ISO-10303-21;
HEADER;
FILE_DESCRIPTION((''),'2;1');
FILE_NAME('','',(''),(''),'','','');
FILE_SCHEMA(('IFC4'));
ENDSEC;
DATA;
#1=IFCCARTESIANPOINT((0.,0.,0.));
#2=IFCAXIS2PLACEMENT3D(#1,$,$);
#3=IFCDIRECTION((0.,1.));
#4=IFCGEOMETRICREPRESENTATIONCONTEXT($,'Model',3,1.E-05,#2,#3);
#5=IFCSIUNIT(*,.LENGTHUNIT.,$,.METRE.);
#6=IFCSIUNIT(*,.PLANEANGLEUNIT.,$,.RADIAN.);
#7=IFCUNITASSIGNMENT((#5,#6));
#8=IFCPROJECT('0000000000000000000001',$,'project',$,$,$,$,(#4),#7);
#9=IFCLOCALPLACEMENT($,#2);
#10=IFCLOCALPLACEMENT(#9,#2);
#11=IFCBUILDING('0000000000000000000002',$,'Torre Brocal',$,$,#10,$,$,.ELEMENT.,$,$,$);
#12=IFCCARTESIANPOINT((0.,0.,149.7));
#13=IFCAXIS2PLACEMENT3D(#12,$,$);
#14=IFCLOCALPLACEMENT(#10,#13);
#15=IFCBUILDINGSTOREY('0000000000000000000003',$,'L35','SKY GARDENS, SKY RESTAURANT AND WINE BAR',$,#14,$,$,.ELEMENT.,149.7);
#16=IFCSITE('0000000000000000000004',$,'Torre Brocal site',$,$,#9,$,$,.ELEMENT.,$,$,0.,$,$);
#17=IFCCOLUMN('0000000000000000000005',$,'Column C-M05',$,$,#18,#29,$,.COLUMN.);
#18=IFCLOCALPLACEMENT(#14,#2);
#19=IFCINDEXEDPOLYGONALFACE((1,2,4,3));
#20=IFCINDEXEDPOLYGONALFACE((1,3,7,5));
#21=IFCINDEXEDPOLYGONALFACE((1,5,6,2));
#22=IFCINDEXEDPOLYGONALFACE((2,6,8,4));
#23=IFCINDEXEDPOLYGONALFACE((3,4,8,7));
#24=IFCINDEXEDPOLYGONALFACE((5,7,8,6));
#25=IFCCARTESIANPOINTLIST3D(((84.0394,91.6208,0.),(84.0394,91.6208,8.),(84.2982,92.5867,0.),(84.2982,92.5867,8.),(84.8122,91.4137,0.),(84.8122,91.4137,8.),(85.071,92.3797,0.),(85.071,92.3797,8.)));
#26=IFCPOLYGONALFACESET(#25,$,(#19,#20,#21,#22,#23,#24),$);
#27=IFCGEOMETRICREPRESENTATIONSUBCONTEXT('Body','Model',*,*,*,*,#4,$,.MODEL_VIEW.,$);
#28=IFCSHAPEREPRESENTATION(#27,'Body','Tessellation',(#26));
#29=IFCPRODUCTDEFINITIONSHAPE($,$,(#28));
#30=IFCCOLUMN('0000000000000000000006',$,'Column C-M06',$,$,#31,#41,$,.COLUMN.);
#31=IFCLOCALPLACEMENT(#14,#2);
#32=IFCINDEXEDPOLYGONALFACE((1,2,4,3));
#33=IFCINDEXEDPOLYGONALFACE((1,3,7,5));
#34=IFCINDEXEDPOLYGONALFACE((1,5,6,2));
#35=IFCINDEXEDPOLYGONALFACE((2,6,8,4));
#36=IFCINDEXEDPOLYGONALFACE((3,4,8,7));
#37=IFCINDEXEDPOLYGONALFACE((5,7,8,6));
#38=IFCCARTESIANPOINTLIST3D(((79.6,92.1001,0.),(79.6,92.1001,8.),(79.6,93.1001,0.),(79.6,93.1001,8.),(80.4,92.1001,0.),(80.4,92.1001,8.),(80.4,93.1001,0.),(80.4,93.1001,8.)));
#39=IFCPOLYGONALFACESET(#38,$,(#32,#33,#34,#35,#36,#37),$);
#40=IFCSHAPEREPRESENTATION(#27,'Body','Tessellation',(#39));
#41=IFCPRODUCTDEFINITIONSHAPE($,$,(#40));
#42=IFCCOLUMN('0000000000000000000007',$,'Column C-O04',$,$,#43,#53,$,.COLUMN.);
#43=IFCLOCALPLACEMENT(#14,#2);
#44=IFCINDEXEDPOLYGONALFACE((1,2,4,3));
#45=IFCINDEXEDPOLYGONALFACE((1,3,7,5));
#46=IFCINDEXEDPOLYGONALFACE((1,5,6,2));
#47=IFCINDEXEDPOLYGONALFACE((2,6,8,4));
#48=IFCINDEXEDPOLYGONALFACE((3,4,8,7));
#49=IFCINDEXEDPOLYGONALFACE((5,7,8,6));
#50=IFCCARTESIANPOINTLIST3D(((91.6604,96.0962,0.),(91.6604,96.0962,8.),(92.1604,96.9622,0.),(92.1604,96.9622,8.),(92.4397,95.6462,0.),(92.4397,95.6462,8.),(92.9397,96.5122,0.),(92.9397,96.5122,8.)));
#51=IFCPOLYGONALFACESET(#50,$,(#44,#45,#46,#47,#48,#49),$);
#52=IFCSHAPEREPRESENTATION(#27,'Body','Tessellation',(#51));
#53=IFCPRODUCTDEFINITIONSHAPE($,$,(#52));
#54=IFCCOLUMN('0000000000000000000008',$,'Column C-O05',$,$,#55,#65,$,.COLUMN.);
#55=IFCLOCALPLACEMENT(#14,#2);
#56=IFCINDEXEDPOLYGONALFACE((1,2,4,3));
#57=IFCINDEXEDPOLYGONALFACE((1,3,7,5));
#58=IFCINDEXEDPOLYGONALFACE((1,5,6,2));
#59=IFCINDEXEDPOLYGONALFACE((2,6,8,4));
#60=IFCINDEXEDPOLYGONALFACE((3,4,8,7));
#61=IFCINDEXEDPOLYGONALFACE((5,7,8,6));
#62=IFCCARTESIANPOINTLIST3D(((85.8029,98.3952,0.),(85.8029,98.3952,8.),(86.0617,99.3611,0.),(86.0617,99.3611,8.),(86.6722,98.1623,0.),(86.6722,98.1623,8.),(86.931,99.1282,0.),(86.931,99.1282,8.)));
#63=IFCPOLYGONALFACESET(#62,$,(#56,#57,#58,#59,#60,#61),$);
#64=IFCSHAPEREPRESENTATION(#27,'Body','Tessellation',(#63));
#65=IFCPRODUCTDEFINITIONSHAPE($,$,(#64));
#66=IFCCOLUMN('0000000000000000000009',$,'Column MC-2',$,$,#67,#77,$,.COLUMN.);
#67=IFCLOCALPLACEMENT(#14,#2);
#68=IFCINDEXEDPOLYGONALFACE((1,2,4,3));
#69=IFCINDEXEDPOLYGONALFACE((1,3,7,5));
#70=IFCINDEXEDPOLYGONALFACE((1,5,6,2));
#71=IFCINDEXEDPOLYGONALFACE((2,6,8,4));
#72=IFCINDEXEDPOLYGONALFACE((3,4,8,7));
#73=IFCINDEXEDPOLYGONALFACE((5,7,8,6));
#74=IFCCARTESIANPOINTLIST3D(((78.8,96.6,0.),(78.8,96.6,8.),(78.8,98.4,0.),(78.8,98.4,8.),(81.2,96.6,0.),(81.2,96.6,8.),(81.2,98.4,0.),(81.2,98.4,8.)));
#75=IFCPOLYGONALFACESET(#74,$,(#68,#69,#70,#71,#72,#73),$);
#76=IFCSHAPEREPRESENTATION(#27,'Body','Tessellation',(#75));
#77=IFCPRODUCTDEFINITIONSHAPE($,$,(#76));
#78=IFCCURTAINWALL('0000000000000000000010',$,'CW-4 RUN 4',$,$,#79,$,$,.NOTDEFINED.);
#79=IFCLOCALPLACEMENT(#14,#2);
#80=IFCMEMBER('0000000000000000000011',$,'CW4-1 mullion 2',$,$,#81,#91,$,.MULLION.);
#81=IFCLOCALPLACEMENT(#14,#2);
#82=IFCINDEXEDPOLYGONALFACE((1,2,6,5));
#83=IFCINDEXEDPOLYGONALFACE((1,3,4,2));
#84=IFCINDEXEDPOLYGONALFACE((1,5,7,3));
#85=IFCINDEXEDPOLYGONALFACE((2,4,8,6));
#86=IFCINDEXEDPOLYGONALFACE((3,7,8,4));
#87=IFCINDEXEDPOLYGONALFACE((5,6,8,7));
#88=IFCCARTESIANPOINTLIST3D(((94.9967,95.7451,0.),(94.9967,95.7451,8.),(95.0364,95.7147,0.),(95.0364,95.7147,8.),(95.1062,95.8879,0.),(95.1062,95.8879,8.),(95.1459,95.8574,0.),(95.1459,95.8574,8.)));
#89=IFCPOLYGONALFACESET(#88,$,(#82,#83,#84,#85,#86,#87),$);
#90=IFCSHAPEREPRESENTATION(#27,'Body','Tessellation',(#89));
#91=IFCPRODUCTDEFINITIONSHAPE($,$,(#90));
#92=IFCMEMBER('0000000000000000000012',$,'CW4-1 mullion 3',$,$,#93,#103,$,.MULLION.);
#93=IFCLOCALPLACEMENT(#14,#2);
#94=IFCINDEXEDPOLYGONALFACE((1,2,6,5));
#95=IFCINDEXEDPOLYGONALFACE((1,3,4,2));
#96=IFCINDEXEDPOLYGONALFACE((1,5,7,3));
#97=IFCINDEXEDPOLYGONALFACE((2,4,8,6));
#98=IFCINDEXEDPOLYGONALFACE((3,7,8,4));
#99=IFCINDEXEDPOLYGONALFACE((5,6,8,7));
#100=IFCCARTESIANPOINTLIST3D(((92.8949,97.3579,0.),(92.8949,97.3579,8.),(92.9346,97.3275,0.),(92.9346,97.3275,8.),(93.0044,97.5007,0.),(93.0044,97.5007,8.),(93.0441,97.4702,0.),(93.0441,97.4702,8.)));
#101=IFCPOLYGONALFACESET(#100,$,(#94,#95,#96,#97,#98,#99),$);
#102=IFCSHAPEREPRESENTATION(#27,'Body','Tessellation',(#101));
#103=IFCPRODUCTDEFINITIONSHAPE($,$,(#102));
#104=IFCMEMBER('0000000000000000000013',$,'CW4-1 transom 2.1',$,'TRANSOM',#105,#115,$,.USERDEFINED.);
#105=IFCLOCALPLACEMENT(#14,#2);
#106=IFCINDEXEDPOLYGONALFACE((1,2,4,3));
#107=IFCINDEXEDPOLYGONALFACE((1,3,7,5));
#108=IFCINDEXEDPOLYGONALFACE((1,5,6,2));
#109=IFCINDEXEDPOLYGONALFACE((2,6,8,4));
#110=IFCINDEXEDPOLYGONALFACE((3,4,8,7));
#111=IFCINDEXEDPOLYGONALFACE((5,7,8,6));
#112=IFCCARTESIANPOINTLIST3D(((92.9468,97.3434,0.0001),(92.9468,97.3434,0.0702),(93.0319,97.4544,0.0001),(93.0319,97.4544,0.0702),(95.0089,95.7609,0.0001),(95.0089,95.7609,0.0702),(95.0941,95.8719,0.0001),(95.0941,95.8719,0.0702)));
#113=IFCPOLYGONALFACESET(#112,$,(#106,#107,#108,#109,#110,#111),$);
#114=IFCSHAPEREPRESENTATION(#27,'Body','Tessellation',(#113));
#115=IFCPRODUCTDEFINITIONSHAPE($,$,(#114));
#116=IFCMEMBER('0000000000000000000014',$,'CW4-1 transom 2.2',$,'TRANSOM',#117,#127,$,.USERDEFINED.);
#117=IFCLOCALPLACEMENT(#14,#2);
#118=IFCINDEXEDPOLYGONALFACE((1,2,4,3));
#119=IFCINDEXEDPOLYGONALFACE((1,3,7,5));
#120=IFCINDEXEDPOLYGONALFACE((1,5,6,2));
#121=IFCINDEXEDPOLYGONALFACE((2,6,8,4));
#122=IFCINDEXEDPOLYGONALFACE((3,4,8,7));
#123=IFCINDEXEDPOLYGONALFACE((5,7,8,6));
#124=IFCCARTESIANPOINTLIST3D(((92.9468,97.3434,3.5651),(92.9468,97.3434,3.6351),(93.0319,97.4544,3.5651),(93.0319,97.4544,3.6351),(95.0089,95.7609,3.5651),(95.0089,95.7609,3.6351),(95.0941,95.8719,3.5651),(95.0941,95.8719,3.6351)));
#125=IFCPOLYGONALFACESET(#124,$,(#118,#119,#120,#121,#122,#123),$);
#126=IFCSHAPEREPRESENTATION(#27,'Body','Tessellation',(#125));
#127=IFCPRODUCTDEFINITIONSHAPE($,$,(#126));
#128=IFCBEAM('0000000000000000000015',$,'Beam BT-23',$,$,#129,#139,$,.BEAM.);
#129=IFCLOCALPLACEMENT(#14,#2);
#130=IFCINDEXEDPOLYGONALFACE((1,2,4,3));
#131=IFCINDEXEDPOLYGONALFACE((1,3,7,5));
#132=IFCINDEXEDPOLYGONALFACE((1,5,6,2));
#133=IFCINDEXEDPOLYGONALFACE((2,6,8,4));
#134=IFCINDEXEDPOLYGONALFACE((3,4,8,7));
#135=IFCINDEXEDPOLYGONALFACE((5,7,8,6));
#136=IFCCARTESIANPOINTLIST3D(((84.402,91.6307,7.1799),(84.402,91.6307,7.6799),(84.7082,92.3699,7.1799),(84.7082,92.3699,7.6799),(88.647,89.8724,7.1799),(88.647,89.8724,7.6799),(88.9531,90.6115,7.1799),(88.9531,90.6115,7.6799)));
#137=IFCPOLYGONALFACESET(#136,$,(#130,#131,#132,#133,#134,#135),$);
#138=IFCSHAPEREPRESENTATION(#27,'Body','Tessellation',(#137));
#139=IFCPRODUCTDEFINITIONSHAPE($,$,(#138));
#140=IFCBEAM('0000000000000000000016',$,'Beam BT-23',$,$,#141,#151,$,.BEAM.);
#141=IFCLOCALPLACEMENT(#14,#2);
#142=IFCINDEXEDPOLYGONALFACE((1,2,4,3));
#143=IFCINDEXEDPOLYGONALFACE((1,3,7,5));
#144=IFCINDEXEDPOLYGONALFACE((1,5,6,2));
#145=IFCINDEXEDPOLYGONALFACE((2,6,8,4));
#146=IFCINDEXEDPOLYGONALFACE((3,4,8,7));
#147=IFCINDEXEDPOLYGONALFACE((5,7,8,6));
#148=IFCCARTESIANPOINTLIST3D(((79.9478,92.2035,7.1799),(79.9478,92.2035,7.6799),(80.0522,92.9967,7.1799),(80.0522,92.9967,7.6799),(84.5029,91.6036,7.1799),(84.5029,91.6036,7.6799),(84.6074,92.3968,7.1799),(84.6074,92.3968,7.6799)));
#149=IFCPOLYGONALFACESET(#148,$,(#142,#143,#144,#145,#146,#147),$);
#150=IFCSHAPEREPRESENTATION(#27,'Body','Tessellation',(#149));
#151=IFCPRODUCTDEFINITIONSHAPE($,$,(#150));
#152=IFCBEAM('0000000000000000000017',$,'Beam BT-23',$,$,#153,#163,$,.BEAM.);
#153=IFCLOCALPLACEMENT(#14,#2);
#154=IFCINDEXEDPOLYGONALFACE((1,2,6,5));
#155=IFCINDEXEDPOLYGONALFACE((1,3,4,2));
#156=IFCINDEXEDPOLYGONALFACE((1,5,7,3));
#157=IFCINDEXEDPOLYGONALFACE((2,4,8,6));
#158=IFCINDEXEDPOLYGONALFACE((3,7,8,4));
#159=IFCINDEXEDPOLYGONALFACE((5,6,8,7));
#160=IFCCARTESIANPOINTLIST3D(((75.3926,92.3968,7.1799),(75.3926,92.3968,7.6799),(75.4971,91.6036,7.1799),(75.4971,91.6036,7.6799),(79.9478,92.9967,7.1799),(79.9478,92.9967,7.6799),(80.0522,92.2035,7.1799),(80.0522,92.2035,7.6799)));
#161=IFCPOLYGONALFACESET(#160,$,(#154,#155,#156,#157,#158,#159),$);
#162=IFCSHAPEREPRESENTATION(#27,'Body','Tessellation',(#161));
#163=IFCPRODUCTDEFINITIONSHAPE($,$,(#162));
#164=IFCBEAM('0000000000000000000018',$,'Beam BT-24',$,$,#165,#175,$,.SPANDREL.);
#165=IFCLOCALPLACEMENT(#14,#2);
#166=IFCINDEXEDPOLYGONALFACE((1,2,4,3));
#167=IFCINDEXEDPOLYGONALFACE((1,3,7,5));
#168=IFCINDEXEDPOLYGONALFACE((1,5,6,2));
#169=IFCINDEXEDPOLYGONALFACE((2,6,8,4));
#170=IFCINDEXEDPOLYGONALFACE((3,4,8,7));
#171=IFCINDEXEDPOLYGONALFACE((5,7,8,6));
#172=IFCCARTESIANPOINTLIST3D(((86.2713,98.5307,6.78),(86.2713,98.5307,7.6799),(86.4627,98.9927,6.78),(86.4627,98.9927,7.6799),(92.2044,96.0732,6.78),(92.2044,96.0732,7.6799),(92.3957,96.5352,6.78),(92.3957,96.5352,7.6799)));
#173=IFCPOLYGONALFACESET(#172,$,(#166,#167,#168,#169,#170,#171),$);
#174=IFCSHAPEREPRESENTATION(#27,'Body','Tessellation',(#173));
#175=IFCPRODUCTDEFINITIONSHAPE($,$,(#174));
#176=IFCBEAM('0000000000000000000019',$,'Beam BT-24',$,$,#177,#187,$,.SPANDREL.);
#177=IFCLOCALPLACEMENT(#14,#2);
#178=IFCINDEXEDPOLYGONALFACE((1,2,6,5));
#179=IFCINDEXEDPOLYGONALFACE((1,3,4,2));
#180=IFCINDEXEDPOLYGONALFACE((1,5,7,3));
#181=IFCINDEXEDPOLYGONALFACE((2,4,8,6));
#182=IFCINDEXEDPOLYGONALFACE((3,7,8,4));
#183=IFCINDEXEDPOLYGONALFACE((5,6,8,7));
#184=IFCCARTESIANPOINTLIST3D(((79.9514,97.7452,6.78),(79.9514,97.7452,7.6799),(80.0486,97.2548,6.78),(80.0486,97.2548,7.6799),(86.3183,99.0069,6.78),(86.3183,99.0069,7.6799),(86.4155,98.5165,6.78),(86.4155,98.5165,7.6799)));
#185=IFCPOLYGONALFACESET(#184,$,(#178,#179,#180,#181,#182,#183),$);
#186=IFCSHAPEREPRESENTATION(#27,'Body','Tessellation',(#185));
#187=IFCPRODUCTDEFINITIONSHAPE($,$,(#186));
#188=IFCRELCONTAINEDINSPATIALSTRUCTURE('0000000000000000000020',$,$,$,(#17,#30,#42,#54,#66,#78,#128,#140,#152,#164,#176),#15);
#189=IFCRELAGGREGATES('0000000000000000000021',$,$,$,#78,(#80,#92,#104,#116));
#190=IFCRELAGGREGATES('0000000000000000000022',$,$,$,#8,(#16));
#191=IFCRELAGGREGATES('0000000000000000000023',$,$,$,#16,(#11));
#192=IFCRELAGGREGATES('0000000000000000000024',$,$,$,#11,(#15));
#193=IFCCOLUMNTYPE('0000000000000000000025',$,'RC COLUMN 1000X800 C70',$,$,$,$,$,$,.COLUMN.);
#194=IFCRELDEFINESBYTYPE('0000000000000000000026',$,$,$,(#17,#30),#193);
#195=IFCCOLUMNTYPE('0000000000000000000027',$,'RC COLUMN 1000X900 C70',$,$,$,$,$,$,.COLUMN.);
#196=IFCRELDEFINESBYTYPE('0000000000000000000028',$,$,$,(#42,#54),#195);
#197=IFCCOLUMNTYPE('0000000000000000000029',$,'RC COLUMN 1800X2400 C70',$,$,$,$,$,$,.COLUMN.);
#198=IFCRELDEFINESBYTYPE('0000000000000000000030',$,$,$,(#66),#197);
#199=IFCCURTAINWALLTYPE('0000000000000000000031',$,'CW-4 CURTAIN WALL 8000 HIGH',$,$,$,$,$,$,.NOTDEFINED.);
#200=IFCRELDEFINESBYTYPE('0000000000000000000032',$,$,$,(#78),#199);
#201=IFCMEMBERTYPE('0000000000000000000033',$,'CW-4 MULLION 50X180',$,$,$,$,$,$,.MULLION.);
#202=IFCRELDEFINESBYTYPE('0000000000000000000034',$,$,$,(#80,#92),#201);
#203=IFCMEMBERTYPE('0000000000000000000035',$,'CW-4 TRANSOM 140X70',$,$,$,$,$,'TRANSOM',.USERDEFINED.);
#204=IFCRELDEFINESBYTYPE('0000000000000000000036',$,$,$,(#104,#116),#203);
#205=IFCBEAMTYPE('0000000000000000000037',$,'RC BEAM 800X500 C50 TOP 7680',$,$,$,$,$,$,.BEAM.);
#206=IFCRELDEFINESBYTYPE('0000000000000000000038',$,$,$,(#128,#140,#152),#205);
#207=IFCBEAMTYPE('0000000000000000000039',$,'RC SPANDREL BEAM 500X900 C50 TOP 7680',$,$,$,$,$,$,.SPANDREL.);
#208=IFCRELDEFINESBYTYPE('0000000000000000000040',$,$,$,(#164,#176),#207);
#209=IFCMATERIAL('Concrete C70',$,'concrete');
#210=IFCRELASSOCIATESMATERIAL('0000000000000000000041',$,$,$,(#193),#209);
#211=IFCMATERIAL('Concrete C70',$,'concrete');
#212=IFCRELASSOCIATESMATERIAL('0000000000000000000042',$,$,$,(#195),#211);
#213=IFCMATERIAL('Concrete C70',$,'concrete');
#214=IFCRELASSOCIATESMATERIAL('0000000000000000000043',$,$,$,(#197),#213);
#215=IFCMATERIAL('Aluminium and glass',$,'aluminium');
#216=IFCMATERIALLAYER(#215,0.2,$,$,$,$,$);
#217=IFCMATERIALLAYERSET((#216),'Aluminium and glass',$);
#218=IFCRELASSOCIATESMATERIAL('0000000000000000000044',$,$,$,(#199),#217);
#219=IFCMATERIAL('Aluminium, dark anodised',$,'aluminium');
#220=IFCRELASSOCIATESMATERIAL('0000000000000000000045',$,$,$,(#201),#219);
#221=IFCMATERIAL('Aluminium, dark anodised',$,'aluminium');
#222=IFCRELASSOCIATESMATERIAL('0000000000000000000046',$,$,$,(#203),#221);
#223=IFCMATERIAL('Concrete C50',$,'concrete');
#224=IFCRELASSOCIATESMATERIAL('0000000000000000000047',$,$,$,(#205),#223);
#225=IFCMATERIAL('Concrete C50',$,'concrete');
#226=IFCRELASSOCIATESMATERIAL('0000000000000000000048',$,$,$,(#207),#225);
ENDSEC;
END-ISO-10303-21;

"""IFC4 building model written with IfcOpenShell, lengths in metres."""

from ifc_helpers import new_model, si_unit, direction, frame, origin, origin_2d, place, context, subcontext, project, spatial, rectangle, extrude, material, layer, layer_set, material_profile, profile_set, type_object, element, aggregate, save


model = new_model("IFC4")

# Units and contexts
model_context = context("Model", 3, precision=1e-05, world=origin(), true_north=direction((0.0, 1.0)))
body_context = subcontext(model_context, "Body", "Model", "MODEL_VIEW")
ifc_project = project(units=[si_unit("LENGTHUNIT", "METRE"), si_unit("PLANEANGLEUNIT", "RADIAN")], contexts=[model_context])

# Site, building, storey
site_placement = place(None, origin())
site = spatial("IfcSite", under=ifc_project, at=site_placement, Name="Torre Brocal site", CompositionType="ELEMENT", RefElevation=0.0)
building_placement = place(site_placement, origin())
building = spatial("IfcBuilding", under=site, at=building_placement, Name="Torre Brocal", CompositionType="ELEMENT")
storey_placement = place(building_placement, frame((0.0, 0.0, 149.7)))
storey = spatial("IfcBuildingStorey", under=building, at=storey_placement, Name="L35", Description="SKY GARDENS, SKY RESTAURANT AND WINE BAR", CompositionType="ELEMENT", Elevation=149.7)

# Columns
ifc_material_1 = material(Name="Concrete C70", Category="concrete")
ifc_material_profile_1 = material_profile(ifc_material_1, rectangle(XDim=1.0, YDim=0.8, at=origin_2d()), Name="RC 1000X800")
ifc_profile_set_1 = profile_set([ifc_material_profile_1], Name="Concrete C70")
column_type_1 = type_object("IfcColumnType", Name="RC COLUMN 1000X800 C70", PredefinedType="COLUMN", material=ifc_profile_set_1)
for number, where, z_axis, x_axis, name in (
    (1, (84.5552, 92.0002, 0.0), (0.0, 0.0, 1.0), (0.258819, 0.965926, 0.0), "Column C-M05"),
    (2, (80.0, 92.6001, 0.0), (0.0, 0.0, 1.0), (0.0, 1.0, 0.0), "Column C-M06"),
):
    element("IfcColumn", number, at=place(storey_placement, frame(where, z_axis=z_axis, x_axis=x_axis)), inside=storey, type_object=column_type_1, Name=name, PredefinedType="COLUMN", context=body_context, shape_type="SweptSolid", body=[
        extrude(rectangle(XDim=1.0, YDim=0.8, at=origin_2d()), origin(), (0.0, 0.0, 1.0), 8.0),
    ])
ifc_material_2 = material(Name="Concrete C70", Category="concrete")
ifc_material_profile_2 = material_profile(ifc_material_2, rectangle(XDim=1.0, YDim=0.8999, at=origin_2d()), Name="RC 1000X900")
ifc_profile_set_2 = profile_set([ifc_material_profile_2], Name="Concrete C70")
column_type_2 = type_object("IfcColumnType", Name="RC COLUMN 1000X900 C70", PredefinedType="COLUMN", material=ifc_profile_set_2)
for number, where, z_axis, x_axis, name in (
    (3, (92.3, 96.3042, 0.0), (0.0, 0.0, 1.0), (0.5, 0.866025, 0.0), "Column C-O04"),
    (4, (86.3669, 98.7617, 0.0), (0.0, 0.0, 1.0), (0.258819, 0.965926, 0.0), "Column C-O05"),
):
    element("IfcColumn", number, at=place(storey_placement, frame(where, z_axis=z_axis, x_axis=x_axis)), inside=storey, type_object=column_type_2, Name=name, PredefinedType="COLUMN", context=body_context, shape_type="SweptSolid", body=[
        extrude(rectangle(XDim=1.0, YDim=0.8999, at=origin_2d()), origin(), (0.0, 0.0, 1.0), 8.0),
    ])
ifc_material_3 = material(Name="Concrete C70", Category="concrete")
ifc_material_profile_3 = material_profile(ifc_material_3, rectangle(XDim=1.8, YDim=2.3999, at=origin_2d()), Name="RC 1800X2400")
ifc_profile_set_3 = profile_set([ifc_material_profile_3], Name="Concrete C70")
column_type_3 = type_object("IfcColumnType", Name="RC COLUMN 1800X2400 C70", PredefinedType="COLUMN", material=ifc_profile_set_3)
column_placement = place(storey_placement, frame((80.0, 97.5, 0.0), z_axis=(0.0, 0.0, 1.0), x_axis=(0.0, 1.0, 0.0)))
element("IfcColumn", 5, at=column_placement, inside=storey, type_object=column_type_3, Name="Column MC-2", PredefinedType="COLUMN", context=body_context, shape_type="SweptSolid", body=[
    extrude(rectangle(XDim=1.8, YDim=2.3999, at=origin_2d()), origin(), (0.0, 0.0, 1.0), 8.0),
])

# Curtain wall, members
ifc_material_4 = material(Name="Aluminium and glass", Category="aluminium")
ifc_layer_1 = layer(ifc_material_4, 0.2)
ifc_layer_set_1 = layer_set([ifc_layer_1], Name="Aluminium and glass")
curtain_wall_type = type_object("IfcCurtainWallType", Name="CW-4 CURTAIN WALL 8000 HIGH", PredefinedType="NOTDEFINED", material=ifc_layer_set_1)
curtain_wall_placement = place(storey_placement, origin())
curtain_wall = element("IfcCurtainWall", 6, at=curtain_wall_placement, inside=storey, type_object=curtain_wall_type, Name="CW-4 RUN 4", PredefinedType="NOTDEFINED")
ifc_material_5 = material(Name="Aluminium, dark anodised", Category="aluminium")
ifc_material_profile_4 = material_profile(ifc_material_5, rectangle(XDim=0.1799, YDim=0.05, at=origin_2d()), Name="CW-4 MULLION 50X180")
ifc_profile_set_4 = profile_set([ifc_material_profile_4], Name="Aluminium, dark anodised")
member_type_1 = type_object("IfcMemberType", Name="CW-4 MULLION 50X180", PredefinedType="MULLION", material=ifc_profile_set_4)
member_1_placement = place(storey_placement, frame((95.0713, 95.8013, 0.0), z_axis=(0.0, 0.0, 1.0), x_axis=(-0.608761, -0.793353, 0.0)))
member_1 = element("IfcMember", 7, at=member_1_placement, type_object=member_type_1, Name="CW4-1 mullion 2", PredefinedType="MULLION", context=body_context, shape_type="SweptSolid", body=[
    extrude(rectangle(XDim=0.1799, YDim=0.05, at=origin_2d()), origin(), (0.0, 0.0, 1.0), 8.0),
])
member_2_placement = place(storey_placement, frame((92.9695, 97.4141, 0.0), z_axis=(0.0, 0.0, 1.0), x_axis=(-0.608761, -0.793353, 0.0)))
member_2 = element("IfcMember", 8, at=member_2_placement, type_object=member_type_1, Name="CW4-1 mullion 3", PredefinedType="MULLION", context=body_context, shape_type="SweptSolid", body=[
    extrude(rectangle(XDim=0.1799, YDim=0.05, at=origin_2d()), origin(), (0.0, 0.0, 1.0), 8.0),
])
ifc_material_6 = material(Name="Aluminium, dark anodised", Category="aluminium")
ifc_material_profile_5 = material_profile(ifc_material_6, rectangle(XDim=0.1399, YDim=0.0701, at=origin_2d()), Name="CW-4 TRANSOM 140X70")
ifc_profile_set_5 = profile_set([ifc_material_profile_5], Name="Aluminium, dark anodised")
member_type_2 = type_object("IfcMemberType", Name="CW-4 TRANSOM 140X70", ElementType="TRANSOM", PredefinedType="USERDEFINED", material=ifc_profile_set_5)
member_3_placement = place(storey_placement, frame((95.0515, 95.8164, 0.0352), z_axis=(-0.793336, 0.608784, 0.0), x_axis=(-0.608784, -0.793336, 0.0)))
member_3 = element("IfcMember", 9, at=member_3_placement, type_object=member_type_2, Name="CW4-1 transom 2.1", ObjectType="TRANSOM", PredefinedType="USERDEFINED", context=body_context, shape_type="SweptSolid", body=[
    extrude(rectangle(XDim=0.1399, YDim=0.0701, at=origin_2d()), origin(), (0.0, 0.0, 1.0), 2.5994),
])
member_4_placement = place(storey_placement, frame((95.0515, 95.8164, 3.6001), z_axis=(-0.793336, 0.608784, 0.0), x_axis=(-0.608784, -0.793336, 0.0)))
member_4 = element("IfcMember", 10, at=member_4_placement, type_object=member_type_2, Name="CW4-1 transom 2.2", ObjectType="TRANSOM", PredefinedType="USERDEFINED", context=body_context, shape_type="SweptSolid", body=[
    extrude(rectangle(XDim=0.1399, YDim=0.0701, at=origin_2d()), origin(), (0.0, 0.0, 1.0), 2.5994),
])

# Beams
ifc_material_7 = material(Name="Concrete C50", Category="concrete")
ifc_material_profile_6 = material_profile(ifc_material_7, rectangle(XDim=0.8, YDim=0.5, at=origin_2d()), Name="RC 800X500")
ifc_profile_set_6 = profile_set([ifc_material_profile_6], Name="Concrete C50")
beam_type_1 = type_object("IfcBeamType", Name="RC BEAM 800X500 C50 TOP 7680", PredefinedType="BEAM", material=ifc_profile_set_6)
beam_1_placement = place(storey_placement, frame((88.8, 90.2419, 7.4299), z_axis=(-0.923878, 0.382687, 0.0), x_axis=(-0.382687, -0.923878, 0.0)))
element("IfcBeam", 11, at=beam_1_placement, inside=storey, type_object=beam_type_1, Name="Beam BT-23", PredefinedType="BEAM", context=body_context, shape_type="SweptSolid", body=[
    extrude(rectangle(XDim=0.8, YDim=0.5, at=origin_2d()), origin(), (0.0, 0.0, 1.0), 4.5947),
])
for number, where, z_axis, x_axis, name in (
    (12, (84.5552, 92.0002, 7.4299), (-0.991441, 0.130559, 0.0), (-0.130559, -0.991441, 0.0), "Beam BT-23"),
    (13, (80.0, 92.6001, 7.4299), (-0.991441, -0.130559, 0.0), (0.130559, -0.991441, 0.0), "Beam BT-23"),
):
    element("IfcBeam", number, at=place(storey_placement, frame(where, z_axis=z_axis, x_axis=x_axis)), inside=storey, type_object=beam_type_1, Name=name, PredefinedType="BEAM", context=body_context, shape_type="SweptSolid", body=[
        extrude(rectangle(XDim=0.8, YDim=0.5, at=origin_2d()), origin(), (0.0, 0.0, 1.0), 4.5945),
    ])
ifc_material_8 = material(Name="Concrete C50", Category="concrete")
ifc_material_profile_7 = material_profile(ifc_material_8, rectangle(XDim=0.5, YDim=0.8999, at=origin_2d()), Name="RC 500X900")
ifc_profile_set_7 = profile_set([ifc_material_profile_7], Name="Concrete C50")
beam_type_2 = type_object("IfcBeamType", Name="RC SPANDREL BEAM 500X900 C50 TOP 7680", PredefinedType="SPANDREL", material=ifc_profile_set_7)
beam_2_placement = place(storey_placement, frame((92.3, 96.3042, 7.23), z_axis=(-0.923882, 0.382676, 0.0), x_axis=(-0.382676, -0.923882, 0.0)))
element("IfcBeam", 14, at=beam_2_placement, inside=storey, type_object=beam_type_2, Name="Beam BT-24", PredefinedType="SPANDREL", context=body_context, shape_type="SweptSolid", body=[
    extrude(rectangle(XDim=0.5, YDim=0.8999, at=origin_2d()), origin(), (0.0, 0.0, 1.0), 6.4219),
])
for number, where, z_axis, x_axis, name in (
    (15, (86.3669, 98.7617, 7.23), (-0.980925, -0.194387, 0.0), (0.194387, -0.980925, 0.0), "Beam BT-24"),
):
    element("IfcBeam", number, at=place(storey_placement, frame(where, z_axis=z_axis, x_axis=x_axis)), inside=storey, type_object=beam_type_2, Name=name, PredefinedType="SPANDREL", context=body_context, shape_type="SweptSolid", body=[
        extrude(rectangle(XDim=0.5, YDim=0.8999, at=origin_2d()), origin(), (0.0, 0.0, 1.0), 6.4907),
    ])

aggregate(curtain_wall, [member_1, member_2, member_3, member_4])

save(model, "model.ifc")
